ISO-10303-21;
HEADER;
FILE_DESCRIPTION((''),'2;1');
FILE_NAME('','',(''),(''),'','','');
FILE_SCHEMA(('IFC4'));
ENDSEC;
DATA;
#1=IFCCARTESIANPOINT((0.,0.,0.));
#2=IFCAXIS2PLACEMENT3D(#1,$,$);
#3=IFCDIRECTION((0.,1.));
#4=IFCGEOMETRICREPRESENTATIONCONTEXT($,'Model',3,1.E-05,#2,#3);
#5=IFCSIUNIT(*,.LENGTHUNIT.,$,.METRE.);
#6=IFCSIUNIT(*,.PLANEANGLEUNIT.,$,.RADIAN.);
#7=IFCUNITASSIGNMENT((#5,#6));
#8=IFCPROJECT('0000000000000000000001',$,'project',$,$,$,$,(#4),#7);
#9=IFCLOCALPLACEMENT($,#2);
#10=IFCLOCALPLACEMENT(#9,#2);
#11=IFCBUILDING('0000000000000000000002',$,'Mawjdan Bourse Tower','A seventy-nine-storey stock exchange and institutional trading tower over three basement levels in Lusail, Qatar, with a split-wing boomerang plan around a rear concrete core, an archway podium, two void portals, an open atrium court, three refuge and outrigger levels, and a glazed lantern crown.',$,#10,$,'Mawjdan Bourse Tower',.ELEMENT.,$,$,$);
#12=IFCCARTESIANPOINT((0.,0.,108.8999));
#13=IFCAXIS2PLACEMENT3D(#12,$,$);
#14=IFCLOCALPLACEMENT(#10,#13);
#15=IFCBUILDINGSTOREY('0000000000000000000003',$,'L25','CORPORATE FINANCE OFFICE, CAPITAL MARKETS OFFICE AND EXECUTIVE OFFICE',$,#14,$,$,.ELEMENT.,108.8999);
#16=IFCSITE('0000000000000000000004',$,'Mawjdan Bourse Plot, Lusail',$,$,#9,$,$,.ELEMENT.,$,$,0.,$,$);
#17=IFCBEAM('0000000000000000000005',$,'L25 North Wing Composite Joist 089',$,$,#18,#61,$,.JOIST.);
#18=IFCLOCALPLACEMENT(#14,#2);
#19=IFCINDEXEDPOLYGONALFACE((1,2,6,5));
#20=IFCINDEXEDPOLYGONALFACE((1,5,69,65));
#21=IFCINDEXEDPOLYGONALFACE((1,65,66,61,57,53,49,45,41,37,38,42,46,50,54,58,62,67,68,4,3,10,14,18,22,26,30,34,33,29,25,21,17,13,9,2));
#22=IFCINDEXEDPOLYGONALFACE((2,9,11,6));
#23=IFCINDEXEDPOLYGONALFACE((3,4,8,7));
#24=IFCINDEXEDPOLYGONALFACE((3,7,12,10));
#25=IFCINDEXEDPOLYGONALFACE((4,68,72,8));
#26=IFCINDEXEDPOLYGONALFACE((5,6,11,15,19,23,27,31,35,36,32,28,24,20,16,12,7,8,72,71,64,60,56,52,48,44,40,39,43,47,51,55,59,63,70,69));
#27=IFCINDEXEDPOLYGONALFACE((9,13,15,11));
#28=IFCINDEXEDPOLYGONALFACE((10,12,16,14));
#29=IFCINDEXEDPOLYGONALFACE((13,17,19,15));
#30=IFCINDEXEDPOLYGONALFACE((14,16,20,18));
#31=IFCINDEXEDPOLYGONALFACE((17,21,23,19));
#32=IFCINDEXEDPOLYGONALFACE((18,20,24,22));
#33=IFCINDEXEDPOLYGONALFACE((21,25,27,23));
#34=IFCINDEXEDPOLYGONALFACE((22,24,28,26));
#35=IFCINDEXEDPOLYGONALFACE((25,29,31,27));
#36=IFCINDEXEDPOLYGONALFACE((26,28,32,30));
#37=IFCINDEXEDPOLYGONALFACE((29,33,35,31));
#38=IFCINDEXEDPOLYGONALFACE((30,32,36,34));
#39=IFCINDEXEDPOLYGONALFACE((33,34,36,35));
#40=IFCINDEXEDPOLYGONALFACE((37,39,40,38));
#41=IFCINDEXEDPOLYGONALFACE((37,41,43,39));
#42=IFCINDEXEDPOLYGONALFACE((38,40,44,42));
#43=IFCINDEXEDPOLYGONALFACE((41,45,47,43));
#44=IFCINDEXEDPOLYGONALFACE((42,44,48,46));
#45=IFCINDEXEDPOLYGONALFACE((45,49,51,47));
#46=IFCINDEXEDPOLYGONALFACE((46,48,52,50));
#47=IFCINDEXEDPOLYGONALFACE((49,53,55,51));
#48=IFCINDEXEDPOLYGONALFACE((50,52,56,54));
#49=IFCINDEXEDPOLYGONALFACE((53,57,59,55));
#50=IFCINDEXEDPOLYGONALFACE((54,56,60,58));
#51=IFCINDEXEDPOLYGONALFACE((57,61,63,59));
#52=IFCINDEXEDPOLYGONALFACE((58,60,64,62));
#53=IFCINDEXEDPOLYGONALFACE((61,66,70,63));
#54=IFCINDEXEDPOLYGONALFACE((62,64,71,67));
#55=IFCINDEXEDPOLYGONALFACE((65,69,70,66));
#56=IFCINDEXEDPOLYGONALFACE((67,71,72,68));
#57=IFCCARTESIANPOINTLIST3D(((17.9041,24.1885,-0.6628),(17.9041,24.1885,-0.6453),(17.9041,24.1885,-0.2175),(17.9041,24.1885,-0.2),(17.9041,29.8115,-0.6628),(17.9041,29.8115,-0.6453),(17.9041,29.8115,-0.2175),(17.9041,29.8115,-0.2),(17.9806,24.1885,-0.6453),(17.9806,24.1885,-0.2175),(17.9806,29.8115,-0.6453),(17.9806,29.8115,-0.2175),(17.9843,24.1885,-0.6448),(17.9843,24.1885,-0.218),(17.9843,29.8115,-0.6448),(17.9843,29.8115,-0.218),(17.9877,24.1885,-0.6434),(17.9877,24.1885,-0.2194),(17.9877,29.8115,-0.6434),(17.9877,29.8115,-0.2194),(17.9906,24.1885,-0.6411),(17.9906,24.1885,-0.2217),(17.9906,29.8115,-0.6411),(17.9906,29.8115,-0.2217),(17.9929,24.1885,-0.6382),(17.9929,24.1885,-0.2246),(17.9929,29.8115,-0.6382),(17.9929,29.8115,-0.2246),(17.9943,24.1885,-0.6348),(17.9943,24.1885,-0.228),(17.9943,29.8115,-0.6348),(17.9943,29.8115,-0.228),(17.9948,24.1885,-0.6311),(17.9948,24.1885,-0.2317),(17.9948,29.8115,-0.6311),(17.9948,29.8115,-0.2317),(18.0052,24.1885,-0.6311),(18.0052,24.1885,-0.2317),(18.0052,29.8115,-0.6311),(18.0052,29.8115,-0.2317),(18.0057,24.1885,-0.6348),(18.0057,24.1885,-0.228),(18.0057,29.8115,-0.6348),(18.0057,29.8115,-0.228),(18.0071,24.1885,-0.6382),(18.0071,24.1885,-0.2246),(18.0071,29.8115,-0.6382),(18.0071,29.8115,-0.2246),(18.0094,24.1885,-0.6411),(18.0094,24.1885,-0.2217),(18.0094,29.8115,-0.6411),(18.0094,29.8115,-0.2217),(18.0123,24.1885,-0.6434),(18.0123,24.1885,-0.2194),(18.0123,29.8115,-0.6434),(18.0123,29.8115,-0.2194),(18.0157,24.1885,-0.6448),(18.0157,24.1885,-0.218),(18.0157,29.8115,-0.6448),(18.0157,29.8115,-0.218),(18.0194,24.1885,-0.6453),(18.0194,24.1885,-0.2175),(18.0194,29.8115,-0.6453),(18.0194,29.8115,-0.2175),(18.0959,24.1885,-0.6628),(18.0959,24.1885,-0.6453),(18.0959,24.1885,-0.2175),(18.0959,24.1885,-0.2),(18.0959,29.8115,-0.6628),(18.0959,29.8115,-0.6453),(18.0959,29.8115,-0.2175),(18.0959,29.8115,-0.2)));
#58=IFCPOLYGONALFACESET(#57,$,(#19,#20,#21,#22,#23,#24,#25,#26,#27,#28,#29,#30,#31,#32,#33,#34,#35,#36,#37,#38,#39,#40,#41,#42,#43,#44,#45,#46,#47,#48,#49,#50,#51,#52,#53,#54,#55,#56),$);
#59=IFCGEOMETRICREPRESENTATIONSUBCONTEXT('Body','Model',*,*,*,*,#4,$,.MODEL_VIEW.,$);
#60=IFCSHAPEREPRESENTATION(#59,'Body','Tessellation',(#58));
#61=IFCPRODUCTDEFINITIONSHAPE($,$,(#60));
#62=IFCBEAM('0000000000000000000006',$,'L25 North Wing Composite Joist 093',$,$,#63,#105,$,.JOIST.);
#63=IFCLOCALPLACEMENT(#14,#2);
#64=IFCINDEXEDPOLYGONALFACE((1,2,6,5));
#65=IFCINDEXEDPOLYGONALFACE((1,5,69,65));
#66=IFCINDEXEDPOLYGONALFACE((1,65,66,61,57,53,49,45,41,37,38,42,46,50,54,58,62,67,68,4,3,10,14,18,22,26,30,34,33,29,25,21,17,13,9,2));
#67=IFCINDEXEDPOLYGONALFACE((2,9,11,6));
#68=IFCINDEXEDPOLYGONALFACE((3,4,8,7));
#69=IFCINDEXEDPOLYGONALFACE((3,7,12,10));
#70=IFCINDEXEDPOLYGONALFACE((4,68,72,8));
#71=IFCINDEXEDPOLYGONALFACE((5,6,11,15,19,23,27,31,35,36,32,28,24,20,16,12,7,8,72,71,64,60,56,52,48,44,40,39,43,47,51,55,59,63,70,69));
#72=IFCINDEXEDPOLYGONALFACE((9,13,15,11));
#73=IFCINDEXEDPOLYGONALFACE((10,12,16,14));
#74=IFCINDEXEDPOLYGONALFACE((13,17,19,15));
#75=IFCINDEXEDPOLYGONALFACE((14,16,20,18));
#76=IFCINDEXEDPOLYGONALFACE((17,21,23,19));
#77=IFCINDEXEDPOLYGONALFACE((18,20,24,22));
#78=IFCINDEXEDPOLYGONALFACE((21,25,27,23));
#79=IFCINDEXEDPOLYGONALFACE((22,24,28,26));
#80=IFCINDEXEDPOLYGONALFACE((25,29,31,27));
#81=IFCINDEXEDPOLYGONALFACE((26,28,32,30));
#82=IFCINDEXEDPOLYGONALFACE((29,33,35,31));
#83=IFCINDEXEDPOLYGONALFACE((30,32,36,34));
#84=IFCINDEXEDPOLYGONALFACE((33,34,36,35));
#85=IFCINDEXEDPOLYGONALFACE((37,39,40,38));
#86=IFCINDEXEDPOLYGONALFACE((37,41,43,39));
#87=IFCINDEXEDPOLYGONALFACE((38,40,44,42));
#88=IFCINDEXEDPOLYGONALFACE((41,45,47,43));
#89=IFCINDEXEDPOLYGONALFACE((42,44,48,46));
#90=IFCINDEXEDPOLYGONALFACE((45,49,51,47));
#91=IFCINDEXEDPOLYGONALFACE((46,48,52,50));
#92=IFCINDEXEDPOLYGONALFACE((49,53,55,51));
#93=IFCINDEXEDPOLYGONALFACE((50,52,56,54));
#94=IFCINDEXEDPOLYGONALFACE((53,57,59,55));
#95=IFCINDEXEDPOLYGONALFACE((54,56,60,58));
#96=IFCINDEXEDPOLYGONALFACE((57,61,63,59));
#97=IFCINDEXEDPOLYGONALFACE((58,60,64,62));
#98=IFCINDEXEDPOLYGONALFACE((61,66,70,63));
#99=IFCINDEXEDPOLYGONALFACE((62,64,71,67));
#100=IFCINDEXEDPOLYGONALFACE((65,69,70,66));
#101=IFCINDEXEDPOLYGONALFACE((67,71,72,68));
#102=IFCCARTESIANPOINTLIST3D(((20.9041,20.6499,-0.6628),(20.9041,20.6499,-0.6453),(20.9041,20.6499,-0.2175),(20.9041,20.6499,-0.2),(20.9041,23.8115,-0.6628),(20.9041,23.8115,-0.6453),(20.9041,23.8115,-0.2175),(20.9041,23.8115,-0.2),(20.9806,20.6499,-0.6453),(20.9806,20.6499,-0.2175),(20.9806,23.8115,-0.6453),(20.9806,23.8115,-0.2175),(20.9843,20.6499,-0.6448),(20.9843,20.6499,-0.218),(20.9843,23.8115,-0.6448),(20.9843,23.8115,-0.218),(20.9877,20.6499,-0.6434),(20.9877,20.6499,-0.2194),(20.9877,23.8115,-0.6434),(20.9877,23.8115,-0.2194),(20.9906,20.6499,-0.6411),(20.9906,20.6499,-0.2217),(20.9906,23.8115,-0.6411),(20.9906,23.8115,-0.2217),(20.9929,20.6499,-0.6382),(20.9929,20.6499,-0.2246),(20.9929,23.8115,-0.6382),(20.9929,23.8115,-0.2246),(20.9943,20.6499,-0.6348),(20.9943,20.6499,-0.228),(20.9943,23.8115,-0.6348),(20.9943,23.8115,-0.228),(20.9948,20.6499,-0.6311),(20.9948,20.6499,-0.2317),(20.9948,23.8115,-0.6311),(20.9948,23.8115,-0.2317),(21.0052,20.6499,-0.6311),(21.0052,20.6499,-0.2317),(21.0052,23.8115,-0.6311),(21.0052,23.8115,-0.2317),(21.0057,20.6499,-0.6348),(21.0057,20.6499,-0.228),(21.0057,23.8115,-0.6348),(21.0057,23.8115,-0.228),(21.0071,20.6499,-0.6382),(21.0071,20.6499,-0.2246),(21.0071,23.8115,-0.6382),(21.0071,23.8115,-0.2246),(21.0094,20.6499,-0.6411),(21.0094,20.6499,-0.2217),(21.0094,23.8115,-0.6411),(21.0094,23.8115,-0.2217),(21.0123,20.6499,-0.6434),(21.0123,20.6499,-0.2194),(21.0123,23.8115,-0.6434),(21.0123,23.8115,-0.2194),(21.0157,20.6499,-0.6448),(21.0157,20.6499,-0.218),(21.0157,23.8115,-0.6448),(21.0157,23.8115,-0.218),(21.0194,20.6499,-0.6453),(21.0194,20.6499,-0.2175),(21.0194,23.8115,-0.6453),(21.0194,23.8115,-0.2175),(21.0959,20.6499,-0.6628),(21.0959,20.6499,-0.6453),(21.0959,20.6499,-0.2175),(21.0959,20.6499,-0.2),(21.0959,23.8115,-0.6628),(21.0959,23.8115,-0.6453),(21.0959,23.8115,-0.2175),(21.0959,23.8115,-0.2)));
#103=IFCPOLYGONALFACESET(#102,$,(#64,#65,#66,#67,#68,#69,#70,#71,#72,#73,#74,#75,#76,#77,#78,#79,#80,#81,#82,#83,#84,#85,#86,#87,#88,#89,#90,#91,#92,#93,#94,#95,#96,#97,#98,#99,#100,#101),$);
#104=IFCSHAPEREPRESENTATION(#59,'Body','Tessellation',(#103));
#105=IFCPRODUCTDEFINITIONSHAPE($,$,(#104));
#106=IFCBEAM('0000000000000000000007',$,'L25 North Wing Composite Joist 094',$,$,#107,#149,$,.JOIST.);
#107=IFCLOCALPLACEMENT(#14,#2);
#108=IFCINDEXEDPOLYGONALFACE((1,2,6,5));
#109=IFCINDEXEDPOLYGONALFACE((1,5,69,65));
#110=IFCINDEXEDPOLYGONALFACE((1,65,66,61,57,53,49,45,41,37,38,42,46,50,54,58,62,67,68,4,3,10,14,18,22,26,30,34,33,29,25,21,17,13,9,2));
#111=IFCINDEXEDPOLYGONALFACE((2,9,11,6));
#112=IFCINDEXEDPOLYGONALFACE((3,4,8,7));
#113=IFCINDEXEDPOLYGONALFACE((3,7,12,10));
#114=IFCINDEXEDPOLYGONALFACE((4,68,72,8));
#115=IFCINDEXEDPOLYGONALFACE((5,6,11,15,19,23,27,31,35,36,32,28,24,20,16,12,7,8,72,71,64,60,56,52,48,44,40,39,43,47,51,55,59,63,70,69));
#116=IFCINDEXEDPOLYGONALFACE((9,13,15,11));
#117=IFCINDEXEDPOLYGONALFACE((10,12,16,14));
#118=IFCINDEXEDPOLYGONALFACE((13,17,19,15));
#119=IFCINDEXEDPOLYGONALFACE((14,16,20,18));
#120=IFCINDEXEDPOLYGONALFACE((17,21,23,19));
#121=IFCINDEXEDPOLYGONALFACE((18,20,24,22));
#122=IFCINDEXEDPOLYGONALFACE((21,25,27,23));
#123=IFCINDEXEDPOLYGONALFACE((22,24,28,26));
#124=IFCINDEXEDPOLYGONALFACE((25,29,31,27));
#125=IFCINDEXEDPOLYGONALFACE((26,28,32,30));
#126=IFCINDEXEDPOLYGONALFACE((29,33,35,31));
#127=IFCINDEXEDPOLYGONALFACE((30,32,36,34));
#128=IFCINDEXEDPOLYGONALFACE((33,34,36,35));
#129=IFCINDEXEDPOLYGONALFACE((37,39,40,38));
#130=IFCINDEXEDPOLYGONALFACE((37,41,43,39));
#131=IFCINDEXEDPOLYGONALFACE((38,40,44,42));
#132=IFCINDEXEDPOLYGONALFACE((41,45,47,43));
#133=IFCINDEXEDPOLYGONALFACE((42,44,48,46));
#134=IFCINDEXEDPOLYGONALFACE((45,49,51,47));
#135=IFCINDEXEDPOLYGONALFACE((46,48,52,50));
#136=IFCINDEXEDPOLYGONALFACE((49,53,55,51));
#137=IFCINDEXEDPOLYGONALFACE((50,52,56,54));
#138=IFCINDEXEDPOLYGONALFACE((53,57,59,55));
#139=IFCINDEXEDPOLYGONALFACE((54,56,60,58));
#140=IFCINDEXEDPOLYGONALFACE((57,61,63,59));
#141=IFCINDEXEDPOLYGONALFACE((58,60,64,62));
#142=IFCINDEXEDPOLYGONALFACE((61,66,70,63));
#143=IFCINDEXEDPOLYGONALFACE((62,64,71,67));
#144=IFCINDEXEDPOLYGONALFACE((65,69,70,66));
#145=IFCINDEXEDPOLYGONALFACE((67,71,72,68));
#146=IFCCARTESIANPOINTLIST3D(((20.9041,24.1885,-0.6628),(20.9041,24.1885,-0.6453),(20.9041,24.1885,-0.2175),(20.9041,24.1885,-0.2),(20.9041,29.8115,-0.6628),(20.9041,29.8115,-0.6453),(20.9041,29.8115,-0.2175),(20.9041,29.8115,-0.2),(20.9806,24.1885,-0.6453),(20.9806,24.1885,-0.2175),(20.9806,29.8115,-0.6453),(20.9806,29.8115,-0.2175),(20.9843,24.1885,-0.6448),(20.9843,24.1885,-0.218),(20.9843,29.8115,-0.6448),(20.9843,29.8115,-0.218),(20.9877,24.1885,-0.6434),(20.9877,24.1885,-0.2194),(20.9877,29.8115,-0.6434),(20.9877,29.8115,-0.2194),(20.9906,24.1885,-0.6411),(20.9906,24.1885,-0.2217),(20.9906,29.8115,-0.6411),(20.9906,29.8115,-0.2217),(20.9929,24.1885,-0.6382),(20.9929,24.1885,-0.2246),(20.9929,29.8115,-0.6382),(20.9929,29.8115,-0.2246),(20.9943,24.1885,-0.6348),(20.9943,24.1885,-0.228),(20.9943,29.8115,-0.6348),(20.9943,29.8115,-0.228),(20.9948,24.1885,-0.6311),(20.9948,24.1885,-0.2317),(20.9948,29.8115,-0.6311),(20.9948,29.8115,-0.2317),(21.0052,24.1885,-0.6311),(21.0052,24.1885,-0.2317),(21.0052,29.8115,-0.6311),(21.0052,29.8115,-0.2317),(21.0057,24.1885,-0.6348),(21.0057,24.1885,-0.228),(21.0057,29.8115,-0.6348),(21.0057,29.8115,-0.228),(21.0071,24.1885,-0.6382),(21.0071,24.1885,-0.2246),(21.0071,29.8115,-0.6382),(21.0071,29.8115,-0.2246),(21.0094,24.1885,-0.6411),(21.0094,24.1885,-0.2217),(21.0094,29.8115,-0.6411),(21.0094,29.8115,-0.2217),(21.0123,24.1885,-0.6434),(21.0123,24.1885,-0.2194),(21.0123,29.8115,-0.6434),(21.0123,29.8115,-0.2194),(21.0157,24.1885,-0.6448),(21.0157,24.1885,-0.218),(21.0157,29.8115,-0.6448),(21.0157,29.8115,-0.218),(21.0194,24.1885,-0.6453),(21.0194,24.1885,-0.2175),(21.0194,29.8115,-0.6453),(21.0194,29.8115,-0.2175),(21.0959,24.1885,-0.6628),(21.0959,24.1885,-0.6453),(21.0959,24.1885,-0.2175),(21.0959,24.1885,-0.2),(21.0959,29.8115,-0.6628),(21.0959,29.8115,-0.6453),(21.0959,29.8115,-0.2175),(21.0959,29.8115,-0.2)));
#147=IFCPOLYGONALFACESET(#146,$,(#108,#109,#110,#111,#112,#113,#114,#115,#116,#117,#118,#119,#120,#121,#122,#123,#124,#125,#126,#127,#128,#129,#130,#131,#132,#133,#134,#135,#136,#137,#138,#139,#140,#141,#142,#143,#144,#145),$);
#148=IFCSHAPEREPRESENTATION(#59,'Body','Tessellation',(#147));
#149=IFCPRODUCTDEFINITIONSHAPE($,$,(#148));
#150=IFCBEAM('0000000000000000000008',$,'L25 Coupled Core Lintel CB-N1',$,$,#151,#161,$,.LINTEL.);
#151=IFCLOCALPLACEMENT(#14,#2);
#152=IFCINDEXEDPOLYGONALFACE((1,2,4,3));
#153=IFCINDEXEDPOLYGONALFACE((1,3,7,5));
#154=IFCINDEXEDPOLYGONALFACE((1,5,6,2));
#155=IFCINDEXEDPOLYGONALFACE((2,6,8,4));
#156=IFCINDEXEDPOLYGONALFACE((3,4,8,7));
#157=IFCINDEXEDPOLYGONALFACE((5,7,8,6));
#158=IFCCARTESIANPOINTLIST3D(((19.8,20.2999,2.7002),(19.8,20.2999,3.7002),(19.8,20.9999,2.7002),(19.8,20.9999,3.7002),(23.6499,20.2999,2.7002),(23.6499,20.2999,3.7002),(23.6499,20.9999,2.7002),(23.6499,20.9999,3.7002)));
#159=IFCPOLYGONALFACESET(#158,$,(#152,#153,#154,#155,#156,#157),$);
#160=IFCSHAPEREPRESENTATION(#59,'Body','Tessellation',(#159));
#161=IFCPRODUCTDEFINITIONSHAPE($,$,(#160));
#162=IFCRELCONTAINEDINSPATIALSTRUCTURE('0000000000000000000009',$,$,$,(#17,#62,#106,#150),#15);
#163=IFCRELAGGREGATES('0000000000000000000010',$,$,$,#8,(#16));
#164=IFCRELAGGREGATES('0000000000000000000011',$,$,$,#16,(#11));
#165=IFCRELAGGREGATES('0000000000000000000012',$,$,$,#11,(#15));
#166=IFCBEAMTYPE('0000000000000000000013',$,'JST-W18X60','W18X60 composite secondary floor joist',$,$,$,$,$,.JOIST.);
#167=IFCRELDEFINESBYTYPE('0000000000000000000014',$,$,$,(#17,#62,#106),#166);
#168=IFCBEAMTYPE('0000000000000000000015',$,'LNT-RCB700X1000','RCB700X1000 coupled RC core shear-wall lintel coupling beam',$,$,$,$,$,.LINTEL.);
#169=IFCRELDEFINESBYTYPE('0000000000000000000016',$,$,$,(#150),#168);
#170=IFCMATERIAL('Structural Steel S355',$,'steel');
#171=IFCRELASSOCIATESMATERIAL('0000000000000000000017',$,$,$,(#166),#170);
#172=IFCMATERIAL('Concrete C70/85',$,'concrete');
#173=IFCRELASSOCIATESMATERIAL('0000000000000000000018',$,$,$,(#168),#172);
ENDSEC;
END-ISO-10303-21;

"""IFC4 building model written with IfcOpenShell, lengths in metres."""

from ifc_helpers import new_model, si_unit, direction, frame, origin, origin_2d, place, context, subcontext, project, spatial, rectangle, i_section, extrude, material, material_profile, profile_set, type_object, element, save


model = new_model("IFC4")

# Units and contexts
model_context = context("Model", 3, precision=1e-05, world=origin(), true_north=direction((0.0, 1.0)))
body_context = subcontext(model_context, "Body", "Model", "MODEL_VIEW")
ifc_project = project(units=[si_unit("LENGTHUNIT", "METRE"), si_unit("PLANEANGLEUNIT", "RADIAN")], contexts=[model_context])

# Site, building, storey
site_placement = place(None, origin())
site = spatial("IfcSite", under=ifc_project, at=site_placement, Name="Mawjdan Bourse Plot, Lusail", CompositionType="ELEMENT", RefElevation=0.0)
building_placement = place(site_placement, origin())
building = spatial("IfcBuilding", under=site, at=building_placement, Name="Mawjdan Bourse Tower", Description="A seventy-nine-storey stock exchange and institutional trading tower over three basement levels in Lusail, Qatar, with a split-wing boomerang plan around a rear concrete core, an archway podium, two void portals, an open atrium court, three refuge and outrigger levels, and a glazed lantern crown.", LongName="Mawjdan Bourse Tower", CompositionType="ELEMENT")
storey_placement = place(building_placement, frame((0.0, 0.0, 108.8999)))
storey = spatial("IfcBuildingStorey", under=building, at=storey_placement, Name="L25", Description="CORPORATE FINANCE OFFICE, CAPITAL MARKETS OFFICE AND EXECUTIVE OFFICE", CompositionType="ELEMENT", Elevation=108.8999)

# Shared definitions
ifc_material_1 = material(Name="Concrete C70/85", Category="concrete")

# Beams
ifc_material_2 = material(Name="Structural Steel S355", Category="steel")
ifc_material_profile_1 = material_profile(ifc_material_2, i_section(OverallWidth=0.1919, OverallDepth=0.4629, WebThickness=0.0105, FlangeThickness=0.0176, FilletRadius=0.0142, at=origin_2d()), Name="W18X60")
ifc_profile_set_1 = profile_set([ifc_material_profile_1], Name="Structural Steel S355")
beam_type_1 = type_object("IfcBeamType", Name="JST-W18X60", Description="W18X60 composite secondary floor joist", PredefinedType="JOIST", material=ifc_profile_set_1)
beam_1_placement = place(storey_placement, frame((18.0, 24.1885, -0.4314), z_axis=(0.0, 1.0, 0.0), x_axis=(-1.0, 0.0, 0.0)))
element("IfcBeam", 1, at=beam_1_placement, inside=storey, type_object=beam_type_1, Name="L25 North Wing Composite Joist 089", PredefinedType="JOIST", context=body_context, shape_type="SweptSolid", body=[
    extrude(i_section(OverallWidth=0.1919, OverallDepth=0.4629, WebThickness=0.0105, FlangeThickness=0.0176, FilletRadius=0.0142, at=origin_2d()), origin(), (0.0, 0.0, 1.0), 5.623),
])
beam_2_placement = place(storey_placement, frame((21.0, 20.6499, -0.4314), z_axis=(0.0, 1.0, 0.0), x_axis=(-1.0, 0.0, 0.0)))
element("IfcBeam", 2, at=beam_2_placement, inside=storey, type_object=beam_type_1, Name="L25 North Wing Composite Joist 093", PredefinedType="JOIST", context=body_context, shape_type="SweptSolid", body=[
    extrude(i_section(OverallWidth=0.1919, OverallDepth=0.4629, WebThickness=0.0105, FlangeThickness=0.0176, FilletRadius=0.0142, at=origin_2d()), origin(), (0.0, 0.0, 1.0), 3.1616),
])
beam_3_placement = place(storey_placement, frame((21.0, 24.1885, -0.4314), z_axis=(0.0, 1.0, 0.0), x_axis=(-1.0, 0.0, 0.0)))
element("IfcBeam", 3, at=beam_3_placement, inside=storey, type_object=beam_type_1, Name="L25 North Wing Composite Joist 094", PredefinedType="JOIST", context=body_context, shape_type="SweptSolid", body=[
    extrude(i_section(OverallWidth=0.1919, OverallDepth=0.4629, WebThickness=0.0105, FlangeThickness=0.0176, FilletRadius=0.0142, at=origin_2d()), origin(), (0.0, 0.0, 1.0), 5.623),
])
ifc_material_profile_2 = material_profile(ifc_material_1, rectangle(XDim=0.7, YDim=1.0, at=origin_2d()), Name="RCB700X1000")
ifc_profile_set_2 = profile_set([ifc_material_profile_2], Name="Concrete C70/85")
beam_type_2 = type_object("IfcBeamType", Name="LNT-RCB700X1000", Description="RCB700X1000 coupled RC core shear-wall lintel coupling beam", PredefinedType="LINTEL", material=ifc_profile_set_2)
beam_4_placement = place(storey_placement, frame((19.8, 20.6499, 3.2002), z_axis=(1.0, 0.0, 0.0), x_axis=(0.0, 1.0, 0.0)))
element("IfcBeam", 4, at=beam_4_placement, inside=storey, type_object=beam_type_2, Name="L25 Coupled Core Lintel CB-N1", PredefinedType="LINTEL", context=body_context, shape_type="SweptSolid", body=[
    extrude(rectangle(XDim=0.7, YDim=1.0, at=origin_2d()), origin(), (0.0, 0.0, 1.0), 3.8499),
])

save(model, "model.ifc")
